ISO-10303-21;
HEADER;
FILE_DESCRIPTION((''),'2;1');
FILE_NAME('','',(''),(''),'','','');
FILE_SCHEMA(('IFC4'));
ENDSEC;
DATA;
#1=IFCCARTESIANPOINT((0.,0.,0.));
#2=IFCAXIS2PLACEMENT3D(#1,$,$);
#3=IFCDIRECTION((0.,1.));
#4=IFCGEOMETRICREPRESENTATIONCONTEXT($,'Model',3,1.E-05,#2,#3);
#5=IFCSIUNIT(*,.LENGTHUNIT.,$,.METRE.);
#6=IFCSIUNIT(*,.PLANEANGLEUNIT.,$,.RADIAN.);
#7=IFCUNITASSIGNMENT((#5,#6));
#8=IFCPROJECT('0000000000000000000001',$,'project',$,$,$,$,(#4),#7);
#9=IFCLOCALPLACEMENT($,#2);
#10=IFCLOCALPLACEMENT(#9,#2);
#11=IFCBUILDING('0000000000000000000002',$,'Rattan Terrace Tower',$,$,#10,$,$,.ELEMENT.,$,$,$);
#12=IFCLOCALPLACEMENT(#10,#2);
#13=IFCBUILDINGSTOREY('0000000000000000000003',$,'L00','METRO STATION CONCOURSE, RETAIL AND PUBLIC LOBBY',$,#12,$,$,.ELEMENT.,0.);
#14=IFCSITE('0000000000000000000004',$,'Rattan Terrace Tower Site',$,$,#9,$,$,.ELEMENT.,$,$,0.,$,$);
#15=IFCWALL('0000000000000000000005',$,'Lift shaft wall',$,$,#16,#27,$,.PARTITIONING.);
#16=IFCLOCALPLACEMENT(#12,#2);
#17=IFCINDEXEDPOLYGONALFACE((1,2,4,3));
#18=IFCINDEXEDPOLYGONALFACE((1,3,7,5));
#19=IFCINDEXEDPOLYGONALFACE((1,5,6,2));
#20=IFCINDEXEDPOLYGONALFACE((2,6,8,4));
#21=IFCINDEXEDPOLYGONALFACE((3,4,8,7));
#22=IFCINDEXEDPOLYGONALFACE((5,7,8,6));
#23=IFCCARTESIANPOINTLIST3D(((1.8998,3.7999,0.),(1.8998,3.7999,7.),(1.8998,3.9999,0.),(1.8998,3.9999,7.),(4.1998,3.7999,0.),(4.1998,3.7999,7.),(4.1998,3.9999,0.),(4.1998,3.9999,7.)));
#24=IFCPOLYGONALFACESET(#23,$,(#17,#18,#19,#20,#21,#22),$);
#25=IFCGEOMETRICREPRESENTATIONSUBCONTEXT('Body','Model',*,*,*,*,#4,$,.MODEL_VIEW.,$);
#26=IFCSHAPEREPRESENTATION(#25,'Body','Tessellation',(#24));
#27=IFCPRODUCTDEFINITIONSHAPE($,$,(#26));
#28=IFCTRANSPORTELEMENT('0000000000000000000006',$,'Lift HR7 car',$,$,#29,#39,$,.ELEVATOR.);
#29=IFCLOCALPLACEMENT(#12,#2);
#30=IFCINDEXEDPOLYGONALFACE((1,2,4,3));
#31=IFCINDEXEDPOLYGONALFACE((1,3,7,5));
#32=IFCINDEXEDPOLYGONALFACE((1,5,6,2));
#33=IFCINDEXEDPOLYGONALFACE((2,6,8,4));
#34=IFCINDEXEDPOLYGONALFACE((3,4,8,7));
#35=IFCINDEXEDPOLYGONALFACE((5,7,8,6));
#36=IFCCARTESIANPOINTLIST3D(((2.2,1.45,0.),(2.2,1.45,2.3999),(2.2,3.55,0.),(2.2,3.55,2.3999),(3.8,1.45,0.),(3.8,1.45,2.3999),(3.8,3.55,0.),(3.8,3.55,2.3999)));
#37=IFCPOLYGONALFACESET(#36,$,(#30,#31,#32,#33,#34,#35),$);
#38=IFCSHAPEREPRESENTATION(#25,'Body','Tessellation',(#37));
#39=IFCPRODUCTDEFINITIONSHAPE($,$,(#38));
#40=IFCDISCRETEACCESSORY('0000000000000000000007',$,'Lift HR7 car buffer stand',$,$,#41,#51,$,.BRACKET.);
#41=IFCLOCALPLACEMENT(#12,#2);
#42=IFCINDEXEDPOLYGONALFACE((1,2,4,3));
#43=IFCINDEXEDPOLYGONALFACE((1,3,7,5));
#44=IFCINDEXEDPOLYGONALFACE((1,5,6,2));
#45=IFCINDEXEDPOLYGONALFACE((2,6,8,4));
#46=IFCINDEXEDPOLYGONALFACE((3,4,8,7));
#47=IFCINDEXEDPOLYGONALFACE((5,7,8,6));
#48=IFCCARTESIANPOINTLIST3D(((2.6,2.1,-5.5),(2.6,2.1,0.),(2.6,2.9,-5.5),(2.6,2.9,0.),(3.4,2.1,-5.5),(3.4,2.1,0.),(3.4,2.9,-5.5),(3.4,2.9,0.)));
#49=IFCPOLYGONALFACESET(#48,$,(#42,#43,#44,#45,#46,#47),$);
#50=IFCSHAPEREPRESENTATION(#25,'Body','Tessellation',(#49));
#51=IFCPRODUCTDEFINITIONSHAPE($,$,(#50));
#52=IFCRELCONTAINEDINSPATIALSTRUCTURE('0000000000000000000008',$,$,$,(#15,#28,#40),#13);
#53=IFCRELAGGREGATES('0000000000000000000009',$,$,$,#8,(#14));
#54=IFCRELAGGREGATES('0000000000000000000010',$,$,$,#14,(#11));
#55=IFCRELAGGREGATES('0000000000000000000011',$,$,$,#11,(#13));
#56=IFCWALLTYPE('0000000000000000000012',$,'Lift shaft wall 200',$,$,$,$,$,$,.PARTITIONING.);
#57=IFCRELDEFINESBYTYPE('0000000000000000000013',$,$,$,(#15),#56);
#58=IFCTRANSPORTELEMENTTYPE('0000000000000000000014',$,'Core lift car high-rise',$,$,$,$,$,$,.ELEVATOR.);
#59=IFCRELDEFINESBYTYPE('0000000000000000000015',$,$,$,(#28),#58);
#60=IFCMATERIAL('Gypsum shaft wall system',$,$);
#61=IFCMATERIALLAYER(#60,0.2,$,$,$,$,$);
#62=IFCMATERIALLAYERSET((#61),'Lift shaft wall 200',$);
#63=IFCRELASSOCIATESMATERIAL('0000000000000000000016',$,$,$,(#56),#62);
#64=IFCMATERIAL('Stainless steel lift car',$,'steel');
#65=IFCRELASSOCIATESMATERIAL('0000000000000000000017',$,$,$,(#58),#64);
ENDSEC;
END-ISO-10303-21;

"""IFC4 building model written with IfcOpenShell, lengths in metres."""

from ifc_helpers import new_model, si_unit, direction, frame, frame_2d, origin, origin_2d, place, context, subcontext, project, spatial, rectangle, extrude, material, layer, layer_set, type_object, element, save


model = new_model("IFC4")

# Units and contexts
model_context = context("Model", 3, precision=1e-05, world=origin(), true_north=direction((0.0, 1.0)))
body_context = subcontext(model_context, "Body", "Model", "MODEL_VIEW")
ifc_project = project(units=[si_unit("LENGTHUNIT", "METRE"), si_unit("PLANEANGLEUNIT", "RADIAN")], contexts=[model_context])

# Site, building, storey
site_placement = place(None, origin())
site = spatial("IfcSite", under=ifc_project, at=site_placement, Name="Rattan Terrace Tower Site", CompositionType="ELEMENT", RefElevation=0.0)
building_placement = place(site_placement, origin())
building = spatial("IfcBuilding", under=site, at=building_placement, Name="Rattan Terrace Tower", CompositionType="ELEMENT")
storey_placement = place(building_placement, origin())
storey = spatial("IfcBuildingStorey", under=building, at=storey_placement, Name="L00", Description="METRO STATION CONCOURSE, RETAIL AND PUBLIC LOBBY", CompositionType="ELEMENT", Elevation=0.0)

# Wall
ifc_material_1 = material(Name="Gypsum shaft wall system")
ifc_layer_1 = layer(ifc_material_1, 0.2)
ifc_layer_set_1 = layer_set([ifc_layer_1], Name="Lift shaft wall 200")
wall_type = type_object("IfcWallType", Name="Lift shaft wall 200", PredefinedType="PARTITIONING", material=ifc_layer_set_1)
for number, where, z_axis, x_axis, name in (
    (1, (1.8999, 3.8999, 0.0), (0.0, 0.0, 1.0), (1.0, 0.0, 0.0), "Lift shaft wall"),
):
    element("IfcWall", number, at=place(storey_placement, frame(where, z_axis=z_axis, x_axis=x_axis)), inside=storey, type_object=wall_type, Name=name, PredefinedType="PARTITIONING", context=body_context, shape_type="SweptSolid", body=[
        extrude(rectangle(XDim=2.3, YDim=0.2, at=frame_2d((1.1499, 0.0))), origin(), (0.0, 0.0, 1.0), 7.0),
    ])

# Transport element
ifc_material_2 = material(Name="Stainless steel lift car", Category="steel")
transport_element_type = type_object("IfcTransportElementType", Name="Core lift car high-rise", PredefinedType="ELEVATOR", material=ifc_material_2)
transport_element_placement = place(storey_placement, frame((3.0, 2.5, 0.0), z_axis=(0.0, 0.0, 1.0), x_axis=(1.0, 0.0, 0.0)))
element("IfcTransportElement", 2, at=transport_element_placement, inside=storey, type_object=transport_element_type, Name="Lift HR7 car", PredefinedType="ELEVATOR", context=body_context, shape_type="SweptSolid", body=[
    extrude(rectangle(XDim=1.6001, YDim=2.1001, at=origin_2d()), origin(), (0.0, 0.0, 1.0), 2.3999),
])

# Discrete accessory
discrete_accessory_placement = place(storey_placement, frame((3.0, 2.5, -5.5), z_axis=(0.0, 0.0, 1.0), x_axis=(1.0, 0.0, 0.0)))
element("IfcDiscreteAccessory", 3, at=discrete_accessory_placement, inside=storey, Name="Lift HR7 car buffer stand", PredefinedType="BRACKET", context=body_context, shape_type="SweptSolid", body=[
    extrude(rectangle(XDim=0.8, YDim=0.8, at=origin_2d()), origin(), (0.0, 0.0, 1.0), 5.5),
])

save(model, "model.ifc")
